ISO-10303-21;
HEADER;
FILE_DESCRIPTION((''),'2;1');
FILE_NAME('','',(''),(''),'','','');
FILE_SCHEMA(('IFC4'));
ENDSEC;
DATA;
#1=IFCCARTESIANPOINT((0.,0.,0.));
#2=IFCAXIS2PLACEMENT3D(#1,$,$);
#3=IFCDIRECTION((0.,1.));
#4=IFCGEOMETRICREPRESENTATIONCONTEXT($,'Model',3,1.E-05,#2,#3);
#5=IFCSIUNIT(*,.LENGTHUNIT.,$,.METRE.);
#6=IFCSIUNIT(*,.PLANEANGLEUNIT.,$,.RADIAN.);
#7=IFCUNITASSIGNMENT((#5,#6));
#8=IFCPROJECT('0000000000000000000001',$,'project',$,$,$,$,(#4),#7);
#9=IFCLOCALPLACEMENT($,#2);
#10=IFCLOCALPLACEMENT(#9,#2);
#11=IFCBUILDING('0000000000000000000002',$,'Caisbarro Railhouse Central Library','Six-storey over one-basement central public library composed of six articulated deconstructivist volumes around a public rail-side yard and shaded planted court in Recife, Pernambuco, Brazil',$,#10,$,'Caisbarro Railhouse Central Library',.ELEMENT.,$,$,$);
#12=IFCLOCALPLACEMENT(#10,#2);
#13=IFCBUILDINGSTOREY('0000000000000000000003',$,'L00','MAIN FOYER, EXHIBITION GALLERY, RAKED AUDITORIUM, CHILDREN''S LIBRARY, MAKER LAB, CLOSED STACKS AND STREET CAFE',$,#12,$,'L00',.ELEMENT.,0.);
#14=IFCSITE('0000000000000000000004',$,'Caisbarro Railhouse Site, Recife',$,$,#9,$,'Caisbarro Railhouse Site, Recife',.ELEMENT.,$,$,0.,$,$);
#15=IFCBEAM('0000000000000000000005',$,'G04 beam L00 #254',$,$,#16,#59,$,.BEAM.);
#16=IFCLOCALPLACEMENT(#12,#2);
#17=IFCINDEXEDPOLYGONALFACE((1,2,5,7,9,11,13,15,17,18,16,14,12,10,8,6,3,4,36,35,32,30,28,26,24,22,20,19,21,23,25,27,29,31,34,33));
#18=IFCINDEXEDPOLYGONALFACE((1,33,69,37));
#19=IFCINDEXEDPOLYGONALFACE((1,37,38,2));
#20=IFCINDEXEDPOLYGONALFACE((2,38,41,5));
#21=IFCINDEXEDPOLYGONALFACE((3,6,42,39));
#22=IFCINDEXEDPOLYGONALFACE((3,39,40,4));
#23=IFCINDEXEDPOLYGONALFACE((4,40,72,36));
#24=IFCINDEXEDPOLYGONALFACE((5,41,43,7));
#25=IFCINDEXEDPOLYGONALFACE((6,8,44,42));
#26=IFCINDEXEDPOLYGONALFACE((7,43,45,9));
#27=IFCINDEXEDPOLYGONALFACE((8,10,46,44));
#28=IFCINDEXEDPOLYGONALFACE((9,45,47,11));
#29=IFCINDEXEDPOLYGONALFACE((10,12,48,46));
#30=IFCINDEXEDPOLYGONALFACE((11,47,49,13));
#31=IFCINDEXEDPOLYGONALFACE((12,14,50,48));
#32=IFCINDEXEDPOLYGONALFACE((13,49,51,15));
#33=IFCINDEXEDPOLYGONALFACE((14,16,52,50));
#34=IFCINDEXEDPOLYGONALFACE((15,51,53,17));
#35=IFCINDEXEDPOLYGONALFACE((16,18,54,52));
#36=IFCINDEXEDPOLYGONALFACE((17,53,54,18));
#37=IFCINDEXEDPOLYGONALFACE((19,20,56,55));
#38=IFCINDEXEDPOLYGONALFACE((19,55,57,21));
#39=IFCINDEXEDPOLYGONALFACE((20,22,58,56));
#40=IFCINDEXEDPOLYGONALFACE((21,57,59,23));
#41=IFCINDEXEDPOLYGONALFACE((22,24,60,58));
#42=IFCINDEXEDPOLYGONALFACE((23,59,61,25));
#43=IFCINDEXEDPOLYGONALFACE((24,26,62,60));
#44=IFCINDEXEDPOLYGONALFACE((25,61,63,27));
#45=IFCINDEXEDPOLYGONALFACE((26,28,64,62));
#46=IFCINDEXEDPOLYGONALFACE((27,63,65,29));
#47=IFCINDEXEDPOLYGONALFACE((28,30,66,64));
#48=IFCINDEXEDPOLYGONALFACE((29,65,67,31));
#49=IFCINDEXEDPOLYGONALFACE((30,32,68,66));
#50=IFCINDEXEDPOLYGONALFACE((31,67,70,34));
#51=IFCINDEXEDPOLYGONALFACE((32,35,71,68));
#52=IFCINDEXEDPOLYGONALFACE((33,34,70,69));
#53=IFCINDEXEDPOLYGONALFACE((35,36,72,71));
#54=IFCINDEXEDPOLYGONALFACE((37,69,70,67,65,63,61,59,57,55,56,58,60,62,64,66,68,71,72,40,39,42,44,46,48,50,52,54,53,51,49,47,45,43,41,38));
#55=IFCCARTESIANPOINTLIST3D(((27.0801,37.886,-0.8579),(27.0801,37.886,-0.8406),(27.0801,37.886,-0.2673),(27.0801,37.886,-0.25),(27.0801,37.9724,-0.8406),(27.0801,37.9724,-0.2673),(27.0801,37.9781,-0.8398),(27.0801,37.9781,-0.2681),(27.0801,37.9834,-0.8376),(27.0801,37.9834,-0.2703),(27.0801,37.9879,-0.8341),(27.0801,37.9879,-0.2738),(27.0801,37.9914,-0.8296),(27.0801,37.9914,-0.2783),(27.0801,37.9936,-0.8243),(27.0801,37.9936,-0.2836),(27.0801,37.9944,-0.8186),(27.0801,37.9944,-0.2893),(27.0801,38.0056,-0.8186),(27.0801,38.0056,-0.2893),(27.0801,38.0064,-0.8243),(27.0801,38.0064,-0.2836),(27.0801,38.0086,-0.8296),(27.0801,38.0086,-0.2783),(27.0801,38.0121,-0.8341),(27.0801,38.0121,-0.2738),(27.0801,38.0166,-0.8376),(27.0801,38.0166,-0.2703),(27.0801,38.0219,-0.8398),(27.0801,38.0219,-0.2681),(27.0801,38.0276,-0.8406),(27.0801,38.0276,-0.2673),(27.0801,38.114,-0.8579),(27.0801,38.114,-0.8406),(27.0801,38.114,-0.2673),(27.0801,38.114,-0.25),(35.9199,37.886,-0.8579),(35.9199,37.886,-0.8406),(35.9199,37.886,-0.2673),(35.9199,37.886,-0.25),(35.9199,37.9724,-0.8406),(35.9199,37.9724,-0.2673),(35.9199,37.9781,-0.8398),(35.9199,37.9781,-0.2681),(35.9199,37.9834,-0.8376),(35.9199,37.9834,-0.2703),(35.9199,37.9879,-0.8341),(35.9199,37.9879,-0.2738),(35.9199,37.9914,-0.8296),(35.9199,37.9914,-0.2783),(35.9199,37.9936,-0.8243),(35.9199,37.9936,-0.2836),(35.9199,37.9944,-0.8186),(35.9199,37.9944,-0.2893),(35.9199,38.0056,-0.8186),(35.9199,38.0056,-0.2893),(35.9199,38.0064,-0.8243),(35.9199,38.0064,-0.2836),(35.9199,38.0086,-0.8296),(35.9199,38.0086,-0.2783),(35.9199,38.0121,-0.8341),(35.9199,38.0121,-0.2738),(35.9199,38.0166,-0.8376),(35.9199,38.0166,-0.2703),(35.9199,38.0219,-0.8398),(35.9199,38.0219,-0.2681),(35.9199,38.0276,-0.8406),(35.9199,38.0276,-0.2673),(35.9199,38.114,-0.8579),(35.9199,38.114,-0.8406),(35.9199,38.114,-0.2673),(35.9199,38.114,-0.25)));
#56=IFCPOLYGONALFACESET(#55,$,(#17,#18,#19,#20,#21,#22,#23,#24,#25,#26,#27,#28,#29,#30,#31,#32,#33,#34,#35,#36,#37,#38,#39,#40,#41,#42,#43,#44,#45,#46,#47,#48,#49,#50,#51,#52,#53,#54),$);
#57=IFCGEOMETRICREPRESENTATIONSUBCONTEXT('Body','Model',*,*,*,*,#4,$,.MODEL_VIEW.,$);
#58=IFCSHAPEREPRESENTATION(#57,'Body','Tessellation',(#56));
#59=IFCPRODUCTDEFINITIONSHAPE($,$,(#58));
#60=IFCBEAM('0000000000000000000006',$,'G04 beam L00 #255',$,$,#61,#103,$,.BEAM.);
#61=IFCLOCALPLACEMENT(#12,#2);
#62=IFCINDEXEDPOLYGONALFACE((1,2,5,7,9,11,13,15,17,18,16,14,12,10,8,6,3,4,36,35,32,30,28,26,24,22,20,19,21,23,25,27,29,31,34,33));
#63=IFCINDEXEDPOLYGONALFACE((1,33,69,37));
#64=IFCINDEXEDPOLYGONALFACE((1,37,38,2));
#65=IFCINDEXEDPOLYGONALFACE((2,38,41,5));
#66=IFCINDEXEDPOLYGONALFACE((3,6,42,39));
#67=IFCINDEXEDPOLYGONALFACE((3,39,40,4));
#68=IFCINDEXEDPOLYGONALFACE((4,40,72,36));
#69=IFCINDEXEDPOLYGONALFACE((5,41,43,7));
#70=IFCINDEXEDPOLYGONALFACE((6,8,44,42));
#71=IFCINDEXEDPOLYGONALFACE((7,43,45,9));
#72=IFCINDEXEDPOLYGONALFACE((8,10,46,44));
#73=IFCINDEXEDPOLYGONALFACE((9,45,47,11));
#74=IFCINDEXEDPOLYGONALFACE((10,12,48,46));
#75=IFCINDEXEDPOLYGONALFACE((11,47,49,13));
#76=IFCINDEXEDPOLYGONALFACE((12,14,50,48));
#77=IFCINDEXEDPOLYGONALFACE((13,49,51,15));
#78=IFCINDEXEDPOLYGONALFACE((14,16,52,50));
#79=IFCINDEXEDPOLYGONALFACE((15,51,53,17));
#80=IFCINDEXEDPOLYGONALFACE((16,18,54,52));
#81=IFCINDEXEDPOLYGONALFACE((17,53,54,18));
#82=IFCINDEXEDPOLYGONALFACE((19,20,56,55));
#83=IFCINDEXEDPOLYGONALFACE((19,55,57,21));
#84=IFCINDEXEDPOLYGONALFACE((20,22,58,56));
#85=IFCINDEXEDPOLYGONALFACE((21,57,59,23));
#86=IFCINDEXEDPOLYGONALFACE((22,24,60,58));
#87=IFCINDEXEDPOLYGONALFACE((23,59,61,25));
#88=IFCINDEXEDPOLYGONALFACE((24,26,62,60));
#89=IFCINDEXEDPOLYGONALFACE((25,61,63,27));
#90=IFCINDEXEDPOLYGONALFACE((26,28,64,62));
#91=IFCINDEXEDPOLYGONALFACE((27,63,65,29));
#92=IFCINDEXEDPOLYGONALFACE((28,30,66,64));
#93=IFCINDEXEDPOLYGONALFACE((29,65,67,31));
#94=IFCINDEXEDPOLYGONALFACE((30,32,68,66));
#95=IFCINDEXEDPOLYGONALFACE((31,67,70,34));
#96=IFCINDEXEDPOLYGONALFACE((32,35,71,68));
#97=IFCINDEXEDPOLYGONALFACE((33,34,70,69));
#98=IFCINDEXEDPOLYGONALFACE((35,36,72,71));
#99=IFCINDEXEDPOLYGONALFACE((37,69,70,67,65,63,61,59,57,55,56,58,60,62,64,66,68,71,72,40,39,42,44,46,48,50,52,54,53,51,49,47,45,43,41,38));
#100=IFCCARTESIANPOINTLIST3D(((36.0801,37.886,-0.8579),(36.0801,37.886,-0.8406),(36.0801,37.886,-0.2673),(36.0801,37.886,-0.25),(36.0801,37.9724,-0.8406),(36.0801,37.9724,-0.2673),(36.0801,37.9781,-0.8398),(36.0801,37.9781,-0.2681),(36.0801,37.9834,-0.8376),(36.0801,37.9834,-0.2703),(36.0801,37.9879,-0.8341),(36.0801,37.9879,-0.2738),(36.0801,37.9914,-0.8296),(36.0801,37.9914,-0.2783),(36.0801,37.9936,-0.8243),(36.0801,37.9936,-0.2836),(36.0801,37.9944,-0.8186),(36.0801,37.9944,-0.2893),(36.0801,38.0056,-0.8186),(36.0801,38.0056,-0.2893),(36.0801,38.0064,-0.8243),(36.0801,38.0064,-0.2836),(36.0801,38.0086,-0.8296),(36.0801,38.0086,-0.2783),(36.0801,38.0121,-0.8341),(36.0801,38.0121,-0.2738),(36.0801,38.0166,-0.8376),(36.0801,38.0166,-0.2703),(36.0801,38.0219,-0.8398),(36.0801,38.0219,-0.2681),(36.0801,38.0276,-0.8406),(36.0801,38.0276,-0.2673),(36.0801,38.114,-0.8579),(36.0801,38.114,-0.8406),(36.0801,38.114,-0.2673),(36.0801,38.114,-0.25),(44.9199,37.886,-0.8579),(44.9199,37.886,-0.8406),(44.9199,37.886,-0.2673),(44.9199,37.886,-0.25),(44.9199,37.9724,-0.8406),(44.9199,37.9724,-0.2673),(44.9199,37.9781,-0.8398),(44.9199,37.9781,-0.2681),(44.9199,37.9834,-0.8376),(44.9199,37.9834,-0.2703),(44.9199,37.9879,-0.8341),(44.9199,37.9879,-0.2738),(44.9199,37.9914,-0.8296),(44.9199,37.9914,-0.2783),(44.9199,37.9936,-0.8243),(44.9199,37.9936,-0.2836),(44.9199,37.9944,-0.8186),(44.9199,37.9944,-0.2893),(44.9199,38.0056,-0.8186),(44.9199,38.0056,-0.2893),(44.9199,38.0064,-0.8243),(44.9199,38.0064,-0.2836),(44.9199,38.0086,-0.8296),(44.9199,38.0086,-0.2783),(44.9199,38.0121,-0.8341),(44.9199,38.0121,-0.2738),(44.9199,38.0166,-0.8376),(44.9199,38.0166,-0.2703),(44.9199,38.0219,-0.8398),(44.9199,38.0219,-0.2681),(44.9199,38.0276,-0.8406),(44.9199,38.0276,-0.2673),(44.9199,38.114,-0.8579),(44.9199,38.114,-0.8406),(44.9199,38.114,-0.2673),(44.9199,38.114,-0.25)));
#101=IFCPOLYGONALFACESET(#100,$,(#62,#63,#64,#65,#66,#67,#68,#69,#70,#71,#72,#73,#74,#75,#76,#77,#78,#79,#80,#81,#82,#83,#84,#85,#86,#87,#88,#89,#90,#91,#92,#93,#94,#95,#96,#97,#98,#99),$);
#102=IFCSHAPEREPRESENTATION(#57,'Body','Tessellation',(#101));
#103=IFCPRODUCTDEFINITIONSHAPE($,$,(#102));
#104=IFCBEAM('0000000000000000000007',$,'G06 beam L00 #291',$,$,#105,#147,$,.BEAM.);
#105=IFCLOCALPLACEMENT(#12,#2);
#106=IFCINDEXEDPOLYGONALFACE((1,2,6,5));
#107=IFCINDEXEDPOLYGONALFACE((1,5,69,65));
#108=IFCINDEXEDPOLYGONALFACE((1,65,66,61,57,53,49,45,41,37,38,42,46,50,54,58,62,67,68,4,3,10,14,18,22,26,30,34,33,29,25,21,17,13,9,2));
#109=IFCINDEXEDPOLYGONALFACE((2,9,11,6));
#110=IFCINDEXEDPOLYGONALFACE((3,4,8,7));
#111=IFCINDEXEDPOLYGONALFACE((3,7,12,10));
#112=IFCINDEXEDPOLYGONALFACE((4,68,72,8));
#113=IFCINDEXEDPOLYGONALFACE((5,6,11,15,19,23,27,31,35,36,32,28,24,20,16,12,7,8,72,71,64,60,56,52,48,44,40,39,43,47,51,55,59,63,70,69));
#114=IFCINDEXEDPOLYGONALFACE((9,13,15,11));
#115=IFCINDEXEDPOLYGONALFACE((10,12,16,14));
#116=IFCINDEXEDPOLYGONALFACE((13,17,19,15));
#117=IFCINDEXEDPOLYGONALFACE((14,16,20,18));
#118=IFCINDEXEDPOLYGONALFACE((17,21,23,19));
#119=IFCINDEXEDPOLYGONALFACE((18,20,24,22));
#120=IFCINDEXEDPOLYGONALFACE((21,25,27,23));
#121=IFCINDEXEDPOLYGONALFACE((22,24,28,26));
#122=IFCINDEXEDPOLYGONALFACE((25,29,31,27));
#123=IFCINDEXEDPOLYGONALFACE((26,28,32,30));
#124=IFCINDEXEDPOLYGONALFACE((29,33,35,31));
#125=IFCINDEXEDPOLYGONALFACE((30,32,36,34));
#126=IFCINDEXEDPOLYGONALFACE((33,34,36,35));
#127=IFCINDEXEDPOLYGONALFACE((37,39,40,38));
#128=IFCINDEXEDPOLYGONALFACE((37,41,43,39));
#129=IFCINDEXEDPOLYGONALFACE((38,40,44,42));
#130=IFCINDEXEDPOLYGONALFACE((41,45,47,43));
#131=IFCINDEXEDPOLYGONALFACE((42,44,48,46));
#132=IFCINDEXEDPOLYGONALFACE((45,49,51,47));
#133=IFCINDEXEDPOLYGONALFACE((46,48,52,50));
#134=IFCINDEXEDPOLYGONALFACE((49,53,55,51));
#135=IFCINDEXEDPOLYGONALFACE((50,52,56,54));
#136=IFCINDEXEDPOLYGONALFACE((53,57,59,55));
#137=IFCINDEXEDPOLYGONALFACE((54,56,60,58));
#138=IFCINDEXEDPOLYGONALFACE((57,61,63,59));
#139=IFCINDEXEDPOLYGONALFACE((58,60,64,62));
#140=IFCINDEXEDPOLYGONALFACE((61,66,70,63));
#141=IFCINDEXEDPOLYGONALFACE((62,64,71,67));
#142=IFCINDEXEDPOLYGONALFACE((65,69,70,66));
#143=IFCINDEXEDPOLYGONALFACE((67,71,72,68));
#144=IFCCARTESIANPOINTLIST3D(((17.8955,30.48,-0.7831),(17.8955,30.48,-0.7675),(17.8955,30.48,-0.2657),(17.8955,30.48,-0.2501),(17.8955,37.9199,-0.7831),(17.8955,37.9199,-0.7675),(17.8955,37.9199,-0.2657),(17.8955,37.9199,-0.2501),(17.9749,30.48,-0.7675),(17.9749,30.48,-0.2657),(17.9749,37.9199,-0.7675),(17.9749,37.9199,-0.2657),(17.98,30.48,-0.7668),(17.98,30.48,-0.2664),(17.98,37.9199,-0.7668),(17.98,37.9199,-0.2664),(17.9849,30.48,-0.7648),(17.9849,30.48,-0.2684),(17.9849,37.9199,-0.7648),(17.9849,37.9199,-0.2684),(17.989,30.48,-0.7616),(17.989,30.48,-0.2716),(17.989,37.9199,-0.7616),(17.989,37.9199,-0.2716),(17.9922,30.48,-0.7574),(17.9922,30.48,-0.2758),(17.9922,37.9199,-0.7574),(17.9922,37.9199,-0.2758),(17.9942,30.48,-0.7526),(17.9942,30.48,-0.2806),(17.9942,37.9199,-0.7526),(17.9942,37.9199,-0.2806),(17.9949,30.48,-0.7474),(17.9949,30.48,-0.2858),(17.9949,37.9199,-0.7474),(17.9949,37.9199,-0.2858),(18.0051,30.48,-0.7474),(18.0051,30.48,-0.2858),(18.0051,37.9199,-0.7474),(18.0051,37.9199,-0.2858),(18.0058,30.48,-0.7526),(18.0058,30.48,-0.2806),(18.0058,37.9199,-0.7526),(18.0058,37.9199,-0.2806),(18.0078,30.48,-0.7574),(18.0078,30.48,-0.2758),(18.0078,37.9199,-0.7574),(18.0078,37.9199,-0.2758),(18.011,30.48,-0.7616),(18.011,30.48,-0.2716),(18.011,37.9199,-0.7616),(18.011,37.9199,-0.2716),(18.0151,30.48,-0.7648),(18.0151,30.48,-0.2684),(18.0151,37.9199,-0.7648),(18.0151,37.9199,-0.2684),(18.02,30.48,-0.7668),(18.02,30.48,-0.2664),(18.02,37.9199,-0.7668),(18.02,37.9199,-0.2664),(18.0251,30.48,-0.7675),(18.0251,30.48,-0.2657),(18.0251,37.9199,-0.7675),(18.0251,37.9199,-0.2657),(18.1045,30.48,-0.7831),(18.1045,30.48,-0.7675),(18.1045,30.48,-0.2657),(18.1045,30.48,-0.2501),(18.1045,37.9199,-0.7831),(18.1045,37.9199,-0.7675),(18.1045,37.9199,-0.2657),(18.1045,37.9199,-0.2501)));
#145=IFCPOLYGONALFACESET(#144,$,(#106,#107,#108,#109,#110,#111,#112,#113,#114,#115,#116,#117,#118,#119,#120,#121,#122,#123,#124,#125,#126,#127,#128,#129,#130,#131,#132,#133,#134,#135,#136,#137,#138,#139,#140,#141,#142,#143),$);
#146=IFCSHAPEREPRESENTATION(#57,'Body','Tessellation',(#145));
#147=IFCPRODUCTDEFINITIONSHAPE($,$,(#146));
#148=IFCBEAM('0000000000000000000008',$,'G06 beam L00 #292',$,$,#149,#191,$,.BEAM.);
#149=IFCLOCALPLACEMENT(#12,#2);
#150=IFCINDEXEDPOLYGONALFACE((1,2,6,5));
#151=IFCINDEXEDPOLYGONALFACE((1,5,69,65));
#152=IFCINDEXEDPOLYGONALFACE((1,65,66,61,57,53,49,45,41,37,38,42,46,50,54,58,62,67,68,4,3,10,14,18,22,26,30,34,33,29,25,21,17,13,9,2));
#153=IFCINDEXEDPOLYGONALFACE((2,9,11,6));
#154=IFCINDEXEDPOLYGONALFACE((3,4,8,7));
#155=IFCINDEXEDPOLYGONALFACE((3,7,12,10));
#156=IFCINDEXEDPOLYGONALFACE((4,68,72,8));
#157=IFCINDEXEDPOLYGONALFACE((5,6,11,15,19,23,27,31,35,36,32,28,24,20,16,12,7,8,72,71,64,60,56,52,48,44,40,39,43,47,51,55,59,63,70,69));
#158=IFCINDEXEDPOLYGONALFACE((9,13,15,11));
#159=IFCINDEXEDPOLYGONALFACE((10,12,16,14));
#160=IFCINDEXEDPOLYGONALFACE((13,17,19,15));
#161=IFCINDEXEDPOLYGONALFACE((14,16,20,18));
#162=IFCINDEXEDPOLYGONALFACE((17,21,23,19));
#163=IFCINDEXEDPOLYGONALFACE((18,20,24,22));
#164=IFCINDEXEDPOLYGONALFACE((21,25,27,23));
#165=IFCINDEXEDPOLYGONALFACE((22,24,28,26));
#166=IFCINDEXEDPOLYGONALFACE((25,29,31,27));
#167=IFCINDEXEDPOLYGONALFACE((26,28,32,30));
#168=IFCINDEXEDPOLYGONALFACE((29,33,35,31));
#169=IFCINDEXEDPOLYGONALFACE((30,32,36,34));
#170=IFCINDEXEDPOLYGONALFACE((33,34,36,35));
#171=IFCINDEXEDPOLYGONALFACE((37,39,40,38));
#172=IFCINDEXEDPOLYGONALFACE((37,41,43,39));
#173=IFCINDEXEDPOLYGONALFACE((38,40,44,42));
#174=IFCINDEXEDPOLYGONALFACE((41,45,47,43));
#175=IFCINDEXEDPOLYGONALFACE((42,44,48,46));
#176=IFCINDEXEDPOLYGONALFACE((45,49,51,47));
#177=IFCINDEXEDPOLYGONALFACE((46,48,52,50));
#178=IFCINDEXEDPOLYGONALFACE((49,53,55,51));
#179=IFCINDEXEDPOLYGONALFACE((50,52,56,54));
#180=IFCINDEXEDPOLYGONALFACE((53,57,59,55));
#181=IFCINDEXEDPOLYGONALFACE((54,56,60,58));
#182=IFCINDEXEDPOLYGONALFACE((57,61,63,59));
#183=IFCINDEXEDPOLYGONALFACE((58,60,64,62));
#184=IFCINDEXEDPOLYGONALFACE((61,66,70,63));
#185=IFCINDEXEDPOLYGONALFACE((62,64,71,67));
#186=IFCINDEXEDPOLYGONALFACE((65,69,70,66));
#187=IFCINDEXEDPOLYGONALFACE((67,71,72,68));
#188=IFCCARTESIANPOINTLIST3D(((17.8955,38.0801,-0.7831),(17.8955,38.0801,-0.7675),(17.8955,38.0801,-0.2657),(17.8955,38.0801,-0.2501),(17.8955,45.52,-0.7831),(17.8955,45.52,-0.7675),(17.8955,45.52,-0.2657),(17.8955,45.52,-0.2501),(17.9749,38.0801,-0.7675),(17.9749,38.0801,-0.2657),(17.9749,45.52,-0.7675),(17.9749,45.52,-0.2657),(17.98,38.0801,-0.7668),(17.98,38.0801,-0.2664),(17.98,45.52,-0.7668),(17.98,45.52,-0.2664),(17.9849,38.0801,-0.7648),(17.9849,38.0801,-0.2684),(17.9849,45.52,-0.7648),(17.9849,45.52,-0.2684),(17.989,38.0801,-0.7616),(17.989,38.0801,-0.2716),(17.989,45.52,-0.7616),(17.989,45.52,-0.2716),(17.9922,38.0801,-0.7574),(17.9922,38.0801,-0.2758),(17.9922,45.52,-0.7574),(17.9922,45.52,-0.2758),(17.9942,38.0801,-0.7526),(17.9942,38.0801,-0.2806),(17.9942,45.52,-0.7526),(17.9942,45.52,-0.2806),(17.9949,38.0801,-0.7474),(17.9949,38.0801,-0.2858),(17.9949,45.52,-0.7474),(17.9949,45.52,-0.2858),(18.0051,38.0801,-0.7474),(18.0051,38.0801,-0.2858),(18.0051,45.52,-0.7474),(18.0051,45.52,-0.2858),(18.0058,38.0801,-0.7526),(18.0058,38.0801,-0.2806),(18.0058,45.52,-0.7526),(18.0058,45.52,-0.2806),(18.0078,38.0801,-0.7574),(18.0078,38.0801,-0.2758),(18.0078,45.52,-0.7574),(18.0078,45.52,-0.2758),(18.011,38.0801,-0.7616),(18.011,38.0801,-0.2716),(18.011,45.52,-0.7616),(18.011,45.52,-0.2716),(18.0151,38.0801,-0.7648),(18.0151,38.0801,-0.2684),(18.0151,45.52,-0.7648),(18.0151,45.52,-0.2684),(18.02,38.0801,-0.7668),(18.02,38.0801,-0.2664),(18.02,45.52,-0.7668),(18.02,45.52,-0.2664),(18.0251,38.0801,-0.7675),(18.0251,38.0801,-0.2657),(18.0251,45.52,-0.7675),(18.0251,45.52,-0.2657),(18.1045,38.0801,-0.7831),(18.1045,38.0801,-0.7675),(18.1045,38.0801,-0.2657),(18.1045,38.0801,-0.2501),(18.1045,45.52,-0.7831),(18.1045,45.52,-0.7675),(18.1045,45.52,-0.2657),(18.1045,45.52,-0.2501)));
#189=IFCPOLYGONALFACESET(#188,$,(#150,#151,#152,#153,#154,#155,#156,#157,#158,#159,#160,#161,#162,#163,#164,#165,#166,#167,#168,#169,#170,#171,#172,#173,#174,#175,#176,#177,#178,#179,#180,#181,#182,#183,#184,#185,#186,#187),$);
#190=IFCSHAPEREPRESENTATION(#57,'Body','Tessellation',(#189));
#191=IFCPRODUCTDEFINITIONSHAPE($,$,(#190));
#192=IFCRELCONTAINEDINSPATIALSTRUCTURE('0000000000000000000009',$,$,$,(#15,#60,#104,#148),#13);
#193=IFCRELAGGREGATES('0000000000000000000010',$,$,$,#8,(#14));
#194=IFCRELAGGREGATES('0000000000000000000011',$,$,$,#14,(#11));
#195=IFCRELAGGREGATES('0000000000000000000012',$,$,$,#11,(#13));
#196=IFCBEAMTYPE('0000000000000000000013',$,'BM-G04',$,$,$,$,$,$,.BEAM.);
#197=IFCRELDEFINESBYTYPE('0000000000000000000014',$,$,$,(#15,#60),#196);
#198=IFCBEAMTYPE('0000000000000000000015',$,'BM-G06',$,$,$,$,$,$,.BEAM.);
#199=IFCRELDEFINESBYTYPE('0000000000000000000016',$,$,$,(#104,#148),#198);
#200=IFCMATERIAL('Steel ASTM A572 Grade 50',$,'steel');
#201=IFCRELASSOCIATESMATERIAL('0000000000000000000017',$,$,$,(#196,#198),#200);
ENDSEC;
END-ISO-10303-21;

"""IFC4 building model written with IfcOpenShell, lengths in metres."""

from ifc_helpers import new_model, si_unit, direction, frame, origin, origin_2d, place, context, subcontext, project, spatial, i_section, extrude, material, material_profile, profile_set, type_object, element, save


model = new_model("IFC4")

# Units and contexts
model_context = context("Model", 3, precision=1e-05, world=origin(), true_north=direction((0.0, 1.0)))
body_context = subcontext(model_context, "Body", "Model", "MODEL_VIEW")
ifc_project = project(units=[si_unit("LENGTHUNIT", "METRE"), si_unit("PLANEANGLEUNIT", "RADIAN")], contexts=[model_context])

# Site, building, storey
site_placement = place(None, origin())
site = spatial("IfcSite", under=ifc_project, at=site_placement, Name="Caisbarro Railhouse Site, Recife", LongName="Caisbarro Railhouse Site, Recife", CompositionType="ELEMENT", RefElevation=0.0)
building_placement = place(site_placement, origin())
building = spatial("IfcBuilding", under=site, at=building_placement, Name="Caisbarro Railhouse Central Library", Description="Six-storey over one-basement central public library composed of six articulated deconstructivist volumes around a public rail-side yard and shaded planted court in Recife, Pernambuco, Brazil", LongName="Caisbarro Railhouse Central Library", CompositionType="ELEMENT")
storey_placement = place(building_placement, origin())
storey = spatial("IfcBuildingStorey", under=building, at=storey_placement, Name="L00", Description="MAIN FOYER, EXHIBITION GALLERY, RAKED AUDITORIUM, CHILDREN'S LIBRARY, MAKER LAB, CLOSED STACKS AND STREET CAFE", LongName="L00", CompositionType="ELEMENT", Elevation=0.0)

# Shared definitions
ifc_material_1 = material(Name="Steel ASTM A572 Grade 50", Category="steel")

# Beams
ifc_material_profile_1 = material_profile(ifc_material_1, i_section(OverallWidth=0.228, OverallDepth=0.6079, WebThickness=0.0112, FlangeThickness=0.0173, FilletRadius=0.022, at=origin_2d()), Name="W610X113.0")
ifc_profile_set_1 = profile_set([ifc_material_profile_1], Name="Steel ASTM A572 Grade 50")
beam_type_1 = type_object("IfcBeamType", Name="BM-G04", PredefinedType="BEAM", material=ifc_profile_set_1)
for number, where, z_axis, x_axis, name in (
    (1, (27.0801, 38.0, -0.554), (1.0, 0.0, 0.0), (0.0, 1.0, 0.0), "G04 beam L00 #254"),
    (2, (36.0801, 38.0, -0.554), (1.0, 0.0, 0.0), (0.0, 1.0, 0.0), "G04 beam L00 #255"),
):
    element("IfcBeam", number, at=place(storey_placement, frame(where, z_axis=z_axis, x_axis=x_axis)), inside=storey, type_object=beam_type_1, Name=name, PredefinedType="BEAM", context=body_context, shape_type="SweptSolid", body=[
        extrude(i_section(OverallWidth=0.228, OverallDepth=0.6079, WebThickness=0.0112, FlangeThickness=0.0173, FilletRadius=0.022, at=origin_2d()), origin(), (0.0, 0.0, 1.0), 8.8398),
    ])
ifc_material_profile_2 = material_profile(ifc_material_1, i_section(OverallWidth=0.209, OverallDepth=0.533, WebThickness=0.0103, FlangeThickness=0.0156, FilletRadius=0.02, at=origin_2d()), Name="W530X92.0")
ifc_profile_set_2 = profile_set([ifc_material_profile_2], Name="Steel ASTM A572 Grade 50")
beam_type_2 = type_object("IfcBeamType", Name="BM-G06", PredefinedType="BEAM", material=ifc_profile_set_2)
for number, where, z_axis, x_axis, name in (
    (3, (18.0, 30.48, -0.5166), (0.0, 1.0, 0.0), (-1.0, 0.0, 0.0), "G06 beam L00 #291"),
    (4, (18.0, 38.0801, -0.5166), (0.0, 1.0, 0.0), (-1.0, 0.0, 0.0), "G06 beam L00 #292"),
):
    element("IfcBeam", number, at=place(storey_placement, frame(where, z_axis=z_axis, x_axis=x_axis)), inside=storey, type_object=beam_type_2, Name=name, PredefinedType="BEAM", context=body_context, shape_type="SweptSolid", body=[
        extrude(i_section(OverallWidth=0.209, OverallDepth=0.533, WebThickness=0.0103, FlangeThickness=0.0156, FilletRadius=0.02, at=origin_2d()), origin(), (0.0, 0.0, 1.0), 7.4399),
    ])

save(model, "model.ifc")
